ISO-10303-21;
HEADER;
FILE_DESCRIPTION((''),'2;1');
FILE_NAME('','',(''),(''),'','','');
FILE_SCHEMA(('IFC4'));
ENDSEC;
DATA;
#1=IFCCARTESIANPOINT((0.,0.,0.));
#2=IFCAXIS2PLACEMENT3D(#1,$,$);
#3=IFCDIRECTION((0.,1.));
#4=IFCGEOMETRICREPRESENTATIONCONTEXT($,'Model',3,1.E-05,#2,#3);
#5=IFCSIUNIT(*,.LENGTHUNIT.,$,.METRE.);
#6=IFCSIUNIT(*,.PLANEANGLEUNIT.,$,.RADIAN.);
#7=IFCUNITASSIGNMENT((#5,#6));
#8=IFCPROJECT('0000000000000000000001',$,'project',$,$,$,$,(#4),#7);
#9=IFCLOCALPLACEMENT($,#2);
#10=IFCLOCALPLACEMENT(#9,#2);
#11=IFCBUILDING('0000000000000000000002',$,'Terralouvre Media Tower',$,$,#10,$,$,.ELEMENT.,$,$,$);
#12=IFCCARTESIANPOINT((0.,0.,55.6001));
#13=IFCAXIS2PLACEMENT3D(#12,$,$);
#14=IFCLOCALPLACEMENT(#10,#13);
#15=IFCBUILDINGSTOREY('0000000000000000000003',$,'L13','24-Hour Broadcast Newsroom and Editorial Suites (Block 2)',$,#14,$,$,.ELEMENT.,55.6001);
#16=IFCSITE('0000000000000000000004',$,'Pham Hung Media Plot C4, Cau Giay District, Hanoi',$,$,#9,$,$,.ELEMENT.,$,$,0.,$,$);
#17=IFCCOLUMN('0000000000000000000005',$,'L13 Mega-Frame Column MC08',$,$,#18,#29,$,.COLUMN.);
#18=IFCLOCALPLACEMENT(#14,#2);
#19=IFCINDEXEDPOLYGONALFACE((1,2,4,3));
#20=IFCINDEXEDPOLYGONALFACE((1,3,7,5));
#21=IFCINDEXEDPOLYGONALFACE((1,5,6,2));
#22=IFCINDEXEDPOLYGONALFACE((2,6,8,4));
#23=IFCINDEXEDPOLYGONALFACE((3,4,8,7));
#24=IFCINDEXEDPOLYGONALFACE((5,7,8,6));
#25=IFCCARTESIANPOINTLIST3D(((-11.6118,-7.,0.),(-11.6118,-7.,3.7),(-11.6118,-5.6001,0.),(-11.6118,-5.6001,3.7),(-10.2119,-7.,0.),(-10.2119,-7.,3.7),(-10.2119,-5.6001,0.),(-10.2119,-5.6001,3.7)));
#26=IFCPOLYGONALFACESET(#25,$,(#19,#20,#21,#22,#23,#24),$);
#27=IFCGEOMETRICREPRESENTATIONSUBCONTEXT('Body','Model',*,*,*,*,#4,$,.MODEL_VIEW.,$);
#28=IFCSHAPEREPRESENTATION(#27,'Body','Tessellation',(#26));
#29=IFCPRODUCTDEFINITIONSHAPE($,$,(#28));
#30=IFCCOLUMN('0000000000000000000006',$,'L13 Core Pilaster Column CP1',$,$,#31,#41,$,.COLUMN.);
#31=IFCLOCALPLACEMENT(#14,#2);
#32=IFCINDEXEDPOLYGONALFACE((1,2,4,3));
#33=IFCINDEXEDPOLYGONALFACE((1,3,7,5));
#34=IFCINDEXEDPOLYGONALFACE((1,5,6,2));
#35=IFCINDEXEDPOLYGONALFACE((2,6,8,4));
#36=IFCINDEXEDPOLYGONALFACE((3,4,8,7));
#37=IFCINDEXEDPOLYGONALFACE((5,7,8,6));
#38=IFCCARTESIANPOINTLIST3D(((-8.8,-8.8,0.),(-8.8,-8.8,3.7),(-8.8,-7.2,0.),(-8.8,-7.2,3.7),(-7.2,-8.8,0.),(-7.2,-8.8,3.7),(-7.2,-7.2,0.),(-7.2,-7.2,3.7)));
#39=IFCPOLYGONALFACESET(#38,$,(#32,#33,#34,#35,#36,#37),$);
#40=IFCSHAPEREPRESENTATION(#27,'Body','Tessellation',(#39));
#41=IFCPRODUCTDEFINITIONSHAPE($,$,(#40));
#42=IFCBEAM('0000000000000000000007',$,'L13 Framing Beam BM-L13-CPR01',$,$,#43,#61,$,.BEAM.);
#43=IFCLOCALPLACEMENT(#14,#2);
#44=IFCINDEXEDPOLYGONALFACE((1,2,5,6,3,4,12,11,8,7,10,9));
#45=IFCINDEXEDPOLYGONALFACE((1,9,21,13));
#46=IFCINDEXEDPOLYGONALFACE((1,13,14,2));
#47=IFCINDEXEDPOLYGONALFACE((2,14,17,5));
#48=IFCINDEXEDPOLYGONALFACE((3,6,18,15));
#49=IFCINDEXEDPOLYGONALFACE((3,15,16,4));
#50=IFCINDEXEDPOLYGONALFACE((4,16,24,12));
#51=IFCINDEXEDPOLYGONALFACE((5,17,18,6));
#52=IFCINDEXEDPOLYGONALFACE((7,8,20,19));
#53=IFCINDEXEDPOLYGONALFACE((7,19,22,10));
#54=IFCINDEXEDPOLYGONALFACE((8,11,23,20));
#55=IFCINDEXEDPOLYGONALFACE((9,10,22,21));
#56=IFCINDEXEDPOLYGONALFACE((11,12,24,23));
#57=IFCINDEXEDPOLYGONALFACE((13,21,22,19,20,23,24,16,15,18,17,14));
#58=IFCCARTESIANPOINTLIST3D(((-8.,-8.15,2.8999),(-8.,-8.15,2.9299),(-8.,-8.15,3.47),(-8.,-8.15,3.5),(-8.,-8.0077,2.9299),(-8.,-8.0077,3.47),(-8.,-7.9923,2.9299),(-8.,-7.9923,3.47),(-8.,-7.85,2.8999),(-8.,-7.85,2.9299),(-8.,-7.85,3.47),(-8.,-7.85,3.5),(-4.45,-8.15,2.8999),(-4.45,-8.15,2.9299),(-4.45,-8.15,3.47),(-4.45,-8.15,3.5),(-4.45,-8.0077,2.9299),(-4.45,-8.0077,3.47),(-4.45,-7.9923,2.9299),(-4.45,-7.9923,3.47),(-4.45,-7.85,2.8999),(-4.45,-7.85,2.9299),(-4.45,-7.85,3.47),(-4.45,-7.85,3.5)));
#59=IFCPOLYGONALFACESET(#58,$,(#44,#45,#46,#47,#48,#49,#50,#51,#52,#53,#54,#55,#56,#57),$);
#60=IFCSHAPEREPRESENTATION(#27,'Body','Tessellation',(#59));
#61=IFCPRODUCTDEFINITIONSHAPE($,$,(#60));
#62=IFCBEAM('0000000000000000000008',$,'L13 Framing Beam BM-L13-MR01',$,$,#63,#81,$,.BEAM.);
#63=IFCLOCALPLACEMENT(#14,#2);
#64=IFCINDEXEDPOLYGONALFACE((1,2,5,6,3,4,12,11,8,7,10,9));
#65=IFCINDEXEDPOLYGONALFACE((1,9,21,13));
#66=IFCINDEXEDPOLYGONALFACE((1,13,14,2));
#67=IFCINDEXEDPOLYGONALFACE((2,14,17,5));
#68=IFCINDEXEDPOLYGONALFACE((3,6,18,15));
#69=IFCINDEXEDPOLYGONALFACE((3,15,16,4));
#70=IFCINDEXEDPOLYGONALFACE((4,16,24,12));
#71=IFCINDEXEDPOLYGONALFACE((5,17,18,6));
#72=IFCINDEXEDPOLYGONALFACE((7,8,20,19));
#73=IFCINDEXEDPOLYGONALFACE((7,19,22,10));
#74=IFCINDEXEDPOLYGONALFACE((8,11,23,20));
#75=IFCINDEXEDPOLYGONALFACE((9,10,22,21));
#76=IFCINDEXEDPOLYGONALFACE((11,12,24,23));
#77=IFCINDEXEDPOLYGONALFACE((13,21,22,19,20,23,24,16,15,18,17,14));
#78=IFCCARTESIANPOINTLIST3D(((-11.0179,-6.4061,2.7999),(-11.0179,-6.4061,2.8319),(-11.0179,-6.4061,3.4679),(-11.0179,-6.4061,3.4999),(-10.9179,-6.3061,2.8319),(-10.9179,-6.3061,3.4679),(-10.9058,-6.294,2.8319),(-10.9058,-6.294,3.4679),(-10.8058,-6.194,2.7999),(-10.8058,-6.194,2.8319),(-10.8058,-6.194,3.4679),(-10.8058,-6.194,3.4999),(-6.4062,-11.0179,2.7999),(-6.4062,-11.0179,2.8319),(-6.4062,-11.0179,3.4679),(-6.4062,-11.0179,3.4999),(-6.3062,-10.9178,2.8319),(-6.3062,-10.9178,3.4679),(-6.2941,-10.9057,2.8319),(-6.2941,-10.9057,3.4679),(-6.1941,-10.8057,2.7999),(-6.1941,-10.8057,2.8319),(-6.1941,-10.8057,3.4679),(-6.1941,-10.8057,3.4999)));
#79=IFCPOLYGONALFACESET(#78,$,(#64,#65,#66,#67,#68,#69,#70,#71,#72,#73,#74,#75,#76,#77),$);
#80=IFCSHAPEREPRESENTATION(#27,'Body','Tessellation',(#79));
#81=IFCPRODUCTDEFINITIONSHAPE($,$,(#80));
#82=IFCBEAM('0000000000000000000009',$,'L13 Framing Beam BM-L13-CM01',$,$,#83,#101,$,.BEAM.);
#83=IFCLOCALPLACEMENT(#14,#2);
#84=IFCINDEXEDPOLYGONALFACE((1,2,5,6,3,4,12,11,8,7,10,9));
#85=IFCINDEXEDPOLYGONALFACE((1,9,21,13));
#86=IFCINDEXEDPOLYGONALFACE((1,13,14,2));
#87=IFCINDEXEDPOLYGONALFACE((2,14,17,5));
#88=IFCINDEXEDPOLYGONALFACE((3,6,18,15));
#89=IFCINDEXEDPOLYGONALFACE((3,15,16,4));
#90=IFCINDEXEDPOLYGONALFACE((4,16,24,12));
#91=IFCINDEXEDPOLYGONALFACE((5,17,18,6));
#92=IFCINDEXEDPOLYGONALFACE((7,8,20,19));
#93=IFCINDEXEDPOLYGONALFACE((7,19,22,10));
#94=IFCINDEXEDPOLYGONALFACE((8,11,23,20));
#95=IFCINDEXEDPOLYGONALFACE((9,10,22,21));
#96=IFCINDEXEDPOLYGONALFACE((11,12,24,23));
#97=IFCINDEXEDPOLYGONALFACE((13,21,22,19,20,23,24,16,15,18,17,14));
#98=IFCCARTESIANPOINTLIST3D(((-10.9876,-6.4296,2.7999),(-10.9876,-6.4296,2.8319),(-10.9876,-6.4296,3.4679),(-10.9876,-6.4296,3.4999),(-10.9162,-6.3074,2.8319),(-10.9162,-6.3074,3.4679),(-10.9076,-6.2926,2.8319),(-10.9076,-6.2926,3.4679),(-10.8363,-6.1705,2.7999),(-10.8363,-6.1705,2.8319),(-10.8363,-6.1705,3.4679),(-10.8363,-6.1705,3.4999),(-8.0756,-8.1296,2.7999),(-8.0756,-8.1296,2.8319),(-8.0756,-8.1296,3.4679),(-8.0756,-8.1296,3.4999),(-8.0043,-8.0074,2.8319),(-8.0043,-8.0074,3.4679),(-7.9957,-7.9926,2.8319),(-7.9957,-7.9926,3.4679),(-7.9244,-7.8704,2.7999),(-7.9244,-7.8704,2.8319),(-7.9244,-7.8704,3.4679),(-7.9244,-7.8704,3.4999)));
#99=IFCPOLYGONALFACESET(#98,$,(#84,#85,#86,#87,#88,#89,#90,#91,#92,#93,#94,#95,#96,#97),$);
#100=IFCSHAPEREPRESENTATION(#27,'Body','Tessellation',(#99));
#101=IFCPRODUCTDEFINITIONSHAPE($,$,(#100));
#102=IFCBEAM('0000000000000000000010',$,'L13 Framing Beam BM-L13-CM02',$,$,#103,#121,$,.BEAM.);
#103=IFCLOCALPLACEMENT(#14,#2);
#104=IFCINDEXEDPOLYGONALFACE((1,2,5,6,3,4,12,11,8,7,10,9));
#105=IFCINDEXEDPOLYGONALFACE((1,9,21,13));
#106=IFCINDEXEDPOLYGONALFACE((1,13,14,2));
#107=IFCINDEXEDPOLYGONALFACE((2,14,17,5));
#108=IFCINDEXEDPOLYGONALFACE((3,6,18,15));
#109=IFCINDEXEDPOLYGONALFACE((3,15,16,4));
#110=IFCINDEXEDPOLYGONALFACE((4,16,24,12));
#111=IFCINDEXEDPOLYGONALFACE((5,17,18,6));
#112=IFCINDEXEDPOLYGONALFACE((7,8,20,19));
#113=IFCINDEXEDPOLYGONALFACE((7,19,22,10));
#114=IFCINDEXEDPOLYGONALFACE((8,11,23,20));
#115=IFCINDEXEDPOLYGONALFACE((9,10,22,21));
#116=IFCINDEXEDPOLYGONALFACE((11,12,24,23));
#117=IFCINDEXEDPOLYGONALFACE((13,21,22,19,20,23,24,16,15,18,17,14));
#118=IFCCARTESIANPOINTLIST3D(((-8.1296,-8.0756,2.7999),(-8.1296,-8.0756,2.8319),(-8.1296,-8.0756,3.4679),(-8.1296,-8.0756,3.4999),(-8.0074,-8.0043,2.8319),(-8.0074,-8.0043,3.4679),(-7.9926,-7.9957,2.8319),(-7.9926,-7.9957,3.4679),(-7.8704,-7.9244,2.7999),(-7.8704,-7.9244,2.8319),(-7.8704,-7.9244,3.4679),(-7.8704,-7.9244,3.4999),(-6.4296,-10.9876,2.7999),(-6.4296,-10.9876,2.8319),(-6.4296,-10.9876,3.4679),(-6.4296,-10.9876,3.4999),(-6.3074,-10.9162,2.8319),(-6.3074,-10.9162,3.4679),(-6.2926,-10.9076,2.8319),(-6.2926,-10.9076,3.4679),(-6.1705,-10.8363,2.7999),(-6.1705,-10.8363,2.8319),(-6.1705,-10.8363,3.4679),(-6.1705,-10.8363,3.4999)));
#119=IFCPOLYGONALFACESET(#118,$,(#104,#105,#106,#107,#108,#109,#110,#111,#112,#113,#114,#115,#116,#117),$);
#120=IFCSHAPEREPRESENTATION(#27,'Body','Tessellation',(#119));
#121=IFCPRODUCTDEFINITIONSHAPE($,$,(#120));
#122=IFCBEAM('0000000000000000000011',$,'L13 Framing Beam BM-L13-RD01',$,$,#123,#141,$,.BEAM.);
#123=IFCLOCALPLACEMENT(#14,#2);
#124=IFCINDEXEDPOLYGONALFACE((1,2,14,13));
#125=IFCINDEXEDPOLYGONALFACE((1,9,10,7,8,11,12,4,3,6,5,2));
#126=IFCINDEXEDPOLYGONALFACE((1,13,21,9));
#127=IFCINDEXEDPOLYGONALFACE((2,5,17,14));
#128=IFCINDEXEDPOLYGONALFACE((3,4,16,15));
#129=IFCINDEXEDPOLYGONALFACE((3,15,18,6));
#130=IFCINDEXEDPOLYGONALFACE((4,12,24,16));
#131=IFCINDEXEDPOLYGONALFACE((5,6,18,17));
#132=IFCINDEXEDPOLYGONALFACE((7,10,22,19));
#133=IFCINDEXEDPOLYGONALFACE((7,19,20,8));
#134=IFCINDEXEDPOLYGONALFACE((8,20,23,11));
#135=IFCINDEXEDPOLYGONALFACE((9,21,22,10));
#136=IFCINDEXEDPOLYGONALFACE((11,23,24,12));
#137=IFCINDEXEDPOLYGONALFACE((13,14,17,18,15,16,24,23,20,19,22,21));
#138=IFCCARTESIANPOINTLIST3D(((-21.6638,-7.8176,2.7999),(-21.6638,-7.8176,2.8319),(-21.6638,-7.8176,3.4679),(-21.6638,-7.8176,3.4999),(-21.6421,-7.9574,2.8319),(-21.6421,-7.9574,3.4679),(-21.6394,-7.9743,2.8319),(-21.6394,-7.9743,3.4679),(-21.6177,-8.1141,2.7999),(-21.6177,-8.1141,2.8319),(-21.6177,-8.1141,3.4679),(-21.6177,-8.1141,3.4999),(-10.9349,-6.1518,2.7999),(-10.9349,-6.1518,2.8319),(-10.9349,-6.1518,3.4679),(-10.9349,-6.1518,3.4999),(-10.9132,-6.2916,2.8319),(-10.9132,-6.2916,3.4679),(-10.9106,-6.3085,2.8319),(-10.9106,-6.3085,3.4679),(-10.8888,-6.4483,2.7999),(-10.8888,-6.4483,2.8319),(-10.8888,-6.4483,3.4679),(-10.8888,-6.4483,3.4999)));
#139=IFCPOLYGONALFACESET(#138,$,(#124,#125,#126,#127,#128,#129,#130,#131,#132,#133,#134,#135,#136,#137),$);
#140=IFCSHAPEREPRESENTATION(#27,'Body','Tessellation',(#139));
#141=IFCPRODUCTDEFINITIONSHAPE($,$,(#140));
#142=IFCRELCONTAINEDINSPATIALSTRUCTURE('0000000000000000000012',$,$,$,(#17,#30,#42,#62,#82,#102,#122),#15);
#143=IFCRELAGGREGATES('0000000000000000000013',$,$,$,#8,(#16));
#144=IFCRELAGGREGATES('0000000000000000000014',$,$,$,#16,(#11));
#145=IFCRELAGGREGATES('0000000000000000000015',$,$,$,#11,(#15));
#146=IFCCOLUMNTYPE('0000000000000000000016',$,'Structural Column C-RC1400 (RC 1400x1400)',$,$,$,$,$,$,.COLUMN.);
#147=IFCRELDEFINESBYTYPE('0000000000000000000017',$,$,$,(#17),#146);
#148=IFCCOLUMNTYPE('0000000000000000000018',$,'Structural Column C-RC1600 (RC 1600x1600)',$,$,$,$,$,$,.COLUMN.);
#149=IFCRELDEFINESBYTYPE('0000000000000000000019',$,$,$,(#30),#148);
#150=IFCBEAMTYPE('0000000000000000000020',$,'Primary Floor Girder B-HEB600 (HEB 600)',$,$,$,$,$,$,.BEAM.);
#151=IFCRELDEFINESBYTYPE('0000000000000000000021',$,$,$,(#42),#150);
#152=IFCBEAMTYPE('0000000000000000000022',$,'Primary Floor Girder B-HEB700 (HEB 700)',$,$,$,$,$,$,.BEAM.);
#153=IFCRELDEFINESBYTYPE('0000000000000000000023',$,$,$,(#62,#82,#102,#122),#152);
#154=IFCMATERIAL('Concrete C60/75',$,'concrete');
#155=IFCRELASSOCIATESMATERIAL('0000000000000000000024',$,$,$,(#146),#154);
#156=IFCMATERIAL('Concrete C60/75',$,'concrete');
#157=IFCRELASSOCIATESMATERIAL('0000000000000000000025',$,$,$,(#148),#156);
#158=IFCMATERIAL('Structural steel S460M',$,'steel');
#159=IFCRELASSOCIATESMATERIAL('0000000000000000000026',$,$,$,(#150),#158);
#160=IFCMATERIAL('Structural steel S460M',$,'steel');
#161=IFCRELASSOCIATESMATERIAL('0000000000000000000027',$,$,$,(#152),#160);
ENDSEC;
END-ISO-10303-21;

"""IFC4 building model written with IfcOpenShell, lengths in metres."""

from ifc_helpers import new_model, si_unit, direction, frame, origin, origin_2d, place, context, subcontext, project, spatial, rectangle, i_section, extrude, material, material_profile, profile_set, type_object, element, save


model = new_model("IFC4")

# Units and contexts
model_context = context("Model", 3, precision=1e-05, world=origin(), true_north=direction((0.0, 1.0)))
body_context = subcontext(model_context, "Body", "Model", "MODEL_VIEW")
ifc_project = project(units=[si_unit("LENGTHUNIT", "METRE"), si_unit("PLANEANGLEUNIT", "RADIAN")], contexts=[model_context])

# Site, building, storey
site_placement = place(None, origin())
site = spatial("IfcSite", under=ifc_project, at=site_placement, Name="Pham Hung Media Plot C4, Cau Giay District, Hanoi", CompositionType="ELEMENT", RefElevation=0.0)
building_placement = place(site_placement, origin())
building = spatial("IfcBuilding", under=site, at=building_placement, Name="Terralouvre Media Tower", CompositionType="ELEMENT")
storey_placement = place(building_placement, frame((0.0, 0.0, 55.6001)))
storey = spatial("IfcBuildingStorey", under=building, at=storey_placement, Name="L13", Description="24-Hour Broadcast Newsroom and Editorial Suites (Block 2)", CompositionType="ELEMENT", Elevation=55.6001)

# Columns
ifc_material_1 = material(Name="Concrete C60/75", Category="concrete")
ifc_material_profile_1 = material_profile(ifc_material_1, rectangle(XDim=1.3999, YDim=1.3999, at=origin_2d()), Name="RC 1400x1400")
ifc_profile_set_1 = profile_set([ifc_material_profile_1], Name="Concrete C60/75")
column_type_1 = type_object("IfcColumnType", Name="Structural Column C-RC1400 (RC 1400x1400)", PredefinedType="COLUMN", material=ifc_profile_set_1)
column_1_placement = place(storey_placement, frame((-10.9119, -6.3, 0.0), z_axis=(0.0, 0.0, 1.0), x_axis=(1.0, 0.0, 0.0)))
element("IfcColumn", 1, at=column_1_placement, inside=storey, type_object=column_type_1, Name="L13 Mega-Frame Column MC08", PredefinedType="COLUMN", context=body_context, shape_type="SweptSolid", body=[
    extrude(rectangle(XDim=1.3999, YDim=1.3999, at=origin_2d()), origin(), (0.0, 0.0, 1.0), 3.7),
])
ifc_material_2 = material(Name="Concrete C60/75", Category="concrete")
ifc_material_profile_2 = material_profile(ifc_material_2, rectangle(XDim=1.6001, YDim=1.6001, at=origin_2d()), Name="RC 1600x1600")
ifc_profile_set_2 = profile_set([ifc_material_profile_2], Name="Concrete C60/75")
column_type_2 = type_object("IfcColumnType", Name="Structural Column C-RC1600 (RC 1600x1600)", PredefinedType="COLUMN", material=ifc_profile_set_2)
column_2_placement = place(storey_placement, frame((-8.0, -8.0, 0.0), z_axis=(0.0, 0.0, 1.0), x_axis=(1.0, 0.0, 0.0)))
element("IfcColumn", 2, at=column_2_placement, inside=storey, type_object=column_type_2, Name="L13 Core Pilaster Column CP1", PredefinedType="COLUMN", context=body_context, shape_type="SweptSolid", body=[
    extrude(rectangle(XDim=1.6001, YDim=1.6001, at=origin_2d()), origin(), (0.0, 0.0, 1.0), 3.7),
])

# Beams
ifc_material_3 = material(Name="Structural steel S460M", Category="steel")
ifc_material_profile_3 = material_profile(ifc_material_3, i_section(OverallWidth=0.3, OverallDepth=0.6001, WebThickness=0.0154, FlangeThickness=0.03, at=origin_2d()), Name="HEB 600")
ifc_profile_set_3 = profile_set([ifc_material_profile_3], Name="Structural steel S460M")
beam_type_1 = type_object("IfcBeamType", Name="Primary Floor Girder B-HEB600 (HEB 600)", PredefinedType="BEAM", material=ifc_profile_set_3)
beam_1_placement = place(storey_placement, frame((-8.0, -8.0, 3.2), z_axis=(1.0, 0.0, 0.0), x_axis=(0.0, 1.0, 0.0)))
element("IfcBeam", 3, at=beam_1_placement, inside=storey, type_object=beam_type_1, Name="L13 Framing Beam BM-L13-CPR01", PredefinedType="BEAM", context=body_context, shape_type="SweptSolid", body=[
    extrude(i_section(OverallWidth=0.3, OverallDepth=0.6001, WebThickness=0.0154, FlangeThickness=0.03, at=origin_2d()), origin(), (0.0, 0.0, 1.0), 3.55),
])
ifc_material_4 = material(Name="Structural steel S460M", Category="steel")
ifc_material_profile_4 = material_profile(ifc_material_4, i_section(OverallWidth=0.3, OverallDepth=0.7, WebThickness=0.0171, FlangeThickness=0.032, at=origin_2d()), Name="HEB 700")
ifc_profile_set_4 = profile_set([ifc_material_profile_4], Name="Structural steel S460M")
beam_type_2 = type_object("IfcBeamType", Name="Primary Floor Girder B-HEB700 (HEB 700)", PredefinedType="BEAM", material=ifc_profile_set_4)
beam_2_placement = place(storey_placement, frame((-10.9119, -6.3, 3.1499), z_axis=(0.707107, -0.707107, 0.0), x_axis=(0.707107, 0.707107, 0.0)))
element("IfcBeam", 4, at=beam_2_placement, inside=storey, type_object=beam_type_2, Name="L13 Framing Beam BM-L13-MR01", PredefinedType="BEAM", context=body_context, shape_type="SweptSolid", body=[
    extrude(i_section(OverallWidth=0.3, OverallDepth=0.7, WebThickness=0.0171, FlangeThickness=0.032, at=origin_2d()), origin(), (0.0, 0.0, 1.0), 6.522),
])
for number, where, z_axis, x_axis, name in (
    (5, (-8.0, -8.0, 3.1499), (-0.863603, 0.504173, 0.0), (-0.504173, -0.863603, 0.0), "L13 Framing Beam BM-L13-CM01"),
    (6, (-8.0, -8.0, 3.1499), (0.504173, -0.863603, 0.0), (0.863603, 0.504173, 0.0), "L13 Framing Beam BM-L13-CM02"),
):
    element("IfcBeam", number, at=place(storey_placement, frame(where, z_axis=z_axis, x_axis=x_axis)), inside=storey, type_object=beam_type_2, Name=name, PredefinedType="BEAM", context=body_context, shape_type="SweptSolid", body=[
        extrude(i_section(OverallWidth=0.3, OverallDepth=0.7, WebThickness=0.0171, FlangeThickness=0.032, at=origin_2d()), origin(), (0.0, 0.0, 1.0), 3.3718),
    ])
beam_3_placement = place(storey_placement, frame((-10.9119, -6.3, 3.1499), z_axis=(-0.98816, -0.153424, 0.0), x_axis=(0.153424, -0.98816, 0.0)))
element("IfcBeam", 7, at=beam_3_placement, inside=storey, type_object=beam_type_2, Name="L13 Framing Beam BM-L13-RD01", PredefinedType="BEAM", context=body_context, shape_type="SweptSolid", body=[
    extrude(i_section(OverallWidth=0.3, OverallDepth=0.7, WebThickness=0.0171, FlangeThickness=0.032, at=origin_2d()), origin(), (0.0, 0.0, 1.0), 10.8574),
])

save(model, "model.ifc")
